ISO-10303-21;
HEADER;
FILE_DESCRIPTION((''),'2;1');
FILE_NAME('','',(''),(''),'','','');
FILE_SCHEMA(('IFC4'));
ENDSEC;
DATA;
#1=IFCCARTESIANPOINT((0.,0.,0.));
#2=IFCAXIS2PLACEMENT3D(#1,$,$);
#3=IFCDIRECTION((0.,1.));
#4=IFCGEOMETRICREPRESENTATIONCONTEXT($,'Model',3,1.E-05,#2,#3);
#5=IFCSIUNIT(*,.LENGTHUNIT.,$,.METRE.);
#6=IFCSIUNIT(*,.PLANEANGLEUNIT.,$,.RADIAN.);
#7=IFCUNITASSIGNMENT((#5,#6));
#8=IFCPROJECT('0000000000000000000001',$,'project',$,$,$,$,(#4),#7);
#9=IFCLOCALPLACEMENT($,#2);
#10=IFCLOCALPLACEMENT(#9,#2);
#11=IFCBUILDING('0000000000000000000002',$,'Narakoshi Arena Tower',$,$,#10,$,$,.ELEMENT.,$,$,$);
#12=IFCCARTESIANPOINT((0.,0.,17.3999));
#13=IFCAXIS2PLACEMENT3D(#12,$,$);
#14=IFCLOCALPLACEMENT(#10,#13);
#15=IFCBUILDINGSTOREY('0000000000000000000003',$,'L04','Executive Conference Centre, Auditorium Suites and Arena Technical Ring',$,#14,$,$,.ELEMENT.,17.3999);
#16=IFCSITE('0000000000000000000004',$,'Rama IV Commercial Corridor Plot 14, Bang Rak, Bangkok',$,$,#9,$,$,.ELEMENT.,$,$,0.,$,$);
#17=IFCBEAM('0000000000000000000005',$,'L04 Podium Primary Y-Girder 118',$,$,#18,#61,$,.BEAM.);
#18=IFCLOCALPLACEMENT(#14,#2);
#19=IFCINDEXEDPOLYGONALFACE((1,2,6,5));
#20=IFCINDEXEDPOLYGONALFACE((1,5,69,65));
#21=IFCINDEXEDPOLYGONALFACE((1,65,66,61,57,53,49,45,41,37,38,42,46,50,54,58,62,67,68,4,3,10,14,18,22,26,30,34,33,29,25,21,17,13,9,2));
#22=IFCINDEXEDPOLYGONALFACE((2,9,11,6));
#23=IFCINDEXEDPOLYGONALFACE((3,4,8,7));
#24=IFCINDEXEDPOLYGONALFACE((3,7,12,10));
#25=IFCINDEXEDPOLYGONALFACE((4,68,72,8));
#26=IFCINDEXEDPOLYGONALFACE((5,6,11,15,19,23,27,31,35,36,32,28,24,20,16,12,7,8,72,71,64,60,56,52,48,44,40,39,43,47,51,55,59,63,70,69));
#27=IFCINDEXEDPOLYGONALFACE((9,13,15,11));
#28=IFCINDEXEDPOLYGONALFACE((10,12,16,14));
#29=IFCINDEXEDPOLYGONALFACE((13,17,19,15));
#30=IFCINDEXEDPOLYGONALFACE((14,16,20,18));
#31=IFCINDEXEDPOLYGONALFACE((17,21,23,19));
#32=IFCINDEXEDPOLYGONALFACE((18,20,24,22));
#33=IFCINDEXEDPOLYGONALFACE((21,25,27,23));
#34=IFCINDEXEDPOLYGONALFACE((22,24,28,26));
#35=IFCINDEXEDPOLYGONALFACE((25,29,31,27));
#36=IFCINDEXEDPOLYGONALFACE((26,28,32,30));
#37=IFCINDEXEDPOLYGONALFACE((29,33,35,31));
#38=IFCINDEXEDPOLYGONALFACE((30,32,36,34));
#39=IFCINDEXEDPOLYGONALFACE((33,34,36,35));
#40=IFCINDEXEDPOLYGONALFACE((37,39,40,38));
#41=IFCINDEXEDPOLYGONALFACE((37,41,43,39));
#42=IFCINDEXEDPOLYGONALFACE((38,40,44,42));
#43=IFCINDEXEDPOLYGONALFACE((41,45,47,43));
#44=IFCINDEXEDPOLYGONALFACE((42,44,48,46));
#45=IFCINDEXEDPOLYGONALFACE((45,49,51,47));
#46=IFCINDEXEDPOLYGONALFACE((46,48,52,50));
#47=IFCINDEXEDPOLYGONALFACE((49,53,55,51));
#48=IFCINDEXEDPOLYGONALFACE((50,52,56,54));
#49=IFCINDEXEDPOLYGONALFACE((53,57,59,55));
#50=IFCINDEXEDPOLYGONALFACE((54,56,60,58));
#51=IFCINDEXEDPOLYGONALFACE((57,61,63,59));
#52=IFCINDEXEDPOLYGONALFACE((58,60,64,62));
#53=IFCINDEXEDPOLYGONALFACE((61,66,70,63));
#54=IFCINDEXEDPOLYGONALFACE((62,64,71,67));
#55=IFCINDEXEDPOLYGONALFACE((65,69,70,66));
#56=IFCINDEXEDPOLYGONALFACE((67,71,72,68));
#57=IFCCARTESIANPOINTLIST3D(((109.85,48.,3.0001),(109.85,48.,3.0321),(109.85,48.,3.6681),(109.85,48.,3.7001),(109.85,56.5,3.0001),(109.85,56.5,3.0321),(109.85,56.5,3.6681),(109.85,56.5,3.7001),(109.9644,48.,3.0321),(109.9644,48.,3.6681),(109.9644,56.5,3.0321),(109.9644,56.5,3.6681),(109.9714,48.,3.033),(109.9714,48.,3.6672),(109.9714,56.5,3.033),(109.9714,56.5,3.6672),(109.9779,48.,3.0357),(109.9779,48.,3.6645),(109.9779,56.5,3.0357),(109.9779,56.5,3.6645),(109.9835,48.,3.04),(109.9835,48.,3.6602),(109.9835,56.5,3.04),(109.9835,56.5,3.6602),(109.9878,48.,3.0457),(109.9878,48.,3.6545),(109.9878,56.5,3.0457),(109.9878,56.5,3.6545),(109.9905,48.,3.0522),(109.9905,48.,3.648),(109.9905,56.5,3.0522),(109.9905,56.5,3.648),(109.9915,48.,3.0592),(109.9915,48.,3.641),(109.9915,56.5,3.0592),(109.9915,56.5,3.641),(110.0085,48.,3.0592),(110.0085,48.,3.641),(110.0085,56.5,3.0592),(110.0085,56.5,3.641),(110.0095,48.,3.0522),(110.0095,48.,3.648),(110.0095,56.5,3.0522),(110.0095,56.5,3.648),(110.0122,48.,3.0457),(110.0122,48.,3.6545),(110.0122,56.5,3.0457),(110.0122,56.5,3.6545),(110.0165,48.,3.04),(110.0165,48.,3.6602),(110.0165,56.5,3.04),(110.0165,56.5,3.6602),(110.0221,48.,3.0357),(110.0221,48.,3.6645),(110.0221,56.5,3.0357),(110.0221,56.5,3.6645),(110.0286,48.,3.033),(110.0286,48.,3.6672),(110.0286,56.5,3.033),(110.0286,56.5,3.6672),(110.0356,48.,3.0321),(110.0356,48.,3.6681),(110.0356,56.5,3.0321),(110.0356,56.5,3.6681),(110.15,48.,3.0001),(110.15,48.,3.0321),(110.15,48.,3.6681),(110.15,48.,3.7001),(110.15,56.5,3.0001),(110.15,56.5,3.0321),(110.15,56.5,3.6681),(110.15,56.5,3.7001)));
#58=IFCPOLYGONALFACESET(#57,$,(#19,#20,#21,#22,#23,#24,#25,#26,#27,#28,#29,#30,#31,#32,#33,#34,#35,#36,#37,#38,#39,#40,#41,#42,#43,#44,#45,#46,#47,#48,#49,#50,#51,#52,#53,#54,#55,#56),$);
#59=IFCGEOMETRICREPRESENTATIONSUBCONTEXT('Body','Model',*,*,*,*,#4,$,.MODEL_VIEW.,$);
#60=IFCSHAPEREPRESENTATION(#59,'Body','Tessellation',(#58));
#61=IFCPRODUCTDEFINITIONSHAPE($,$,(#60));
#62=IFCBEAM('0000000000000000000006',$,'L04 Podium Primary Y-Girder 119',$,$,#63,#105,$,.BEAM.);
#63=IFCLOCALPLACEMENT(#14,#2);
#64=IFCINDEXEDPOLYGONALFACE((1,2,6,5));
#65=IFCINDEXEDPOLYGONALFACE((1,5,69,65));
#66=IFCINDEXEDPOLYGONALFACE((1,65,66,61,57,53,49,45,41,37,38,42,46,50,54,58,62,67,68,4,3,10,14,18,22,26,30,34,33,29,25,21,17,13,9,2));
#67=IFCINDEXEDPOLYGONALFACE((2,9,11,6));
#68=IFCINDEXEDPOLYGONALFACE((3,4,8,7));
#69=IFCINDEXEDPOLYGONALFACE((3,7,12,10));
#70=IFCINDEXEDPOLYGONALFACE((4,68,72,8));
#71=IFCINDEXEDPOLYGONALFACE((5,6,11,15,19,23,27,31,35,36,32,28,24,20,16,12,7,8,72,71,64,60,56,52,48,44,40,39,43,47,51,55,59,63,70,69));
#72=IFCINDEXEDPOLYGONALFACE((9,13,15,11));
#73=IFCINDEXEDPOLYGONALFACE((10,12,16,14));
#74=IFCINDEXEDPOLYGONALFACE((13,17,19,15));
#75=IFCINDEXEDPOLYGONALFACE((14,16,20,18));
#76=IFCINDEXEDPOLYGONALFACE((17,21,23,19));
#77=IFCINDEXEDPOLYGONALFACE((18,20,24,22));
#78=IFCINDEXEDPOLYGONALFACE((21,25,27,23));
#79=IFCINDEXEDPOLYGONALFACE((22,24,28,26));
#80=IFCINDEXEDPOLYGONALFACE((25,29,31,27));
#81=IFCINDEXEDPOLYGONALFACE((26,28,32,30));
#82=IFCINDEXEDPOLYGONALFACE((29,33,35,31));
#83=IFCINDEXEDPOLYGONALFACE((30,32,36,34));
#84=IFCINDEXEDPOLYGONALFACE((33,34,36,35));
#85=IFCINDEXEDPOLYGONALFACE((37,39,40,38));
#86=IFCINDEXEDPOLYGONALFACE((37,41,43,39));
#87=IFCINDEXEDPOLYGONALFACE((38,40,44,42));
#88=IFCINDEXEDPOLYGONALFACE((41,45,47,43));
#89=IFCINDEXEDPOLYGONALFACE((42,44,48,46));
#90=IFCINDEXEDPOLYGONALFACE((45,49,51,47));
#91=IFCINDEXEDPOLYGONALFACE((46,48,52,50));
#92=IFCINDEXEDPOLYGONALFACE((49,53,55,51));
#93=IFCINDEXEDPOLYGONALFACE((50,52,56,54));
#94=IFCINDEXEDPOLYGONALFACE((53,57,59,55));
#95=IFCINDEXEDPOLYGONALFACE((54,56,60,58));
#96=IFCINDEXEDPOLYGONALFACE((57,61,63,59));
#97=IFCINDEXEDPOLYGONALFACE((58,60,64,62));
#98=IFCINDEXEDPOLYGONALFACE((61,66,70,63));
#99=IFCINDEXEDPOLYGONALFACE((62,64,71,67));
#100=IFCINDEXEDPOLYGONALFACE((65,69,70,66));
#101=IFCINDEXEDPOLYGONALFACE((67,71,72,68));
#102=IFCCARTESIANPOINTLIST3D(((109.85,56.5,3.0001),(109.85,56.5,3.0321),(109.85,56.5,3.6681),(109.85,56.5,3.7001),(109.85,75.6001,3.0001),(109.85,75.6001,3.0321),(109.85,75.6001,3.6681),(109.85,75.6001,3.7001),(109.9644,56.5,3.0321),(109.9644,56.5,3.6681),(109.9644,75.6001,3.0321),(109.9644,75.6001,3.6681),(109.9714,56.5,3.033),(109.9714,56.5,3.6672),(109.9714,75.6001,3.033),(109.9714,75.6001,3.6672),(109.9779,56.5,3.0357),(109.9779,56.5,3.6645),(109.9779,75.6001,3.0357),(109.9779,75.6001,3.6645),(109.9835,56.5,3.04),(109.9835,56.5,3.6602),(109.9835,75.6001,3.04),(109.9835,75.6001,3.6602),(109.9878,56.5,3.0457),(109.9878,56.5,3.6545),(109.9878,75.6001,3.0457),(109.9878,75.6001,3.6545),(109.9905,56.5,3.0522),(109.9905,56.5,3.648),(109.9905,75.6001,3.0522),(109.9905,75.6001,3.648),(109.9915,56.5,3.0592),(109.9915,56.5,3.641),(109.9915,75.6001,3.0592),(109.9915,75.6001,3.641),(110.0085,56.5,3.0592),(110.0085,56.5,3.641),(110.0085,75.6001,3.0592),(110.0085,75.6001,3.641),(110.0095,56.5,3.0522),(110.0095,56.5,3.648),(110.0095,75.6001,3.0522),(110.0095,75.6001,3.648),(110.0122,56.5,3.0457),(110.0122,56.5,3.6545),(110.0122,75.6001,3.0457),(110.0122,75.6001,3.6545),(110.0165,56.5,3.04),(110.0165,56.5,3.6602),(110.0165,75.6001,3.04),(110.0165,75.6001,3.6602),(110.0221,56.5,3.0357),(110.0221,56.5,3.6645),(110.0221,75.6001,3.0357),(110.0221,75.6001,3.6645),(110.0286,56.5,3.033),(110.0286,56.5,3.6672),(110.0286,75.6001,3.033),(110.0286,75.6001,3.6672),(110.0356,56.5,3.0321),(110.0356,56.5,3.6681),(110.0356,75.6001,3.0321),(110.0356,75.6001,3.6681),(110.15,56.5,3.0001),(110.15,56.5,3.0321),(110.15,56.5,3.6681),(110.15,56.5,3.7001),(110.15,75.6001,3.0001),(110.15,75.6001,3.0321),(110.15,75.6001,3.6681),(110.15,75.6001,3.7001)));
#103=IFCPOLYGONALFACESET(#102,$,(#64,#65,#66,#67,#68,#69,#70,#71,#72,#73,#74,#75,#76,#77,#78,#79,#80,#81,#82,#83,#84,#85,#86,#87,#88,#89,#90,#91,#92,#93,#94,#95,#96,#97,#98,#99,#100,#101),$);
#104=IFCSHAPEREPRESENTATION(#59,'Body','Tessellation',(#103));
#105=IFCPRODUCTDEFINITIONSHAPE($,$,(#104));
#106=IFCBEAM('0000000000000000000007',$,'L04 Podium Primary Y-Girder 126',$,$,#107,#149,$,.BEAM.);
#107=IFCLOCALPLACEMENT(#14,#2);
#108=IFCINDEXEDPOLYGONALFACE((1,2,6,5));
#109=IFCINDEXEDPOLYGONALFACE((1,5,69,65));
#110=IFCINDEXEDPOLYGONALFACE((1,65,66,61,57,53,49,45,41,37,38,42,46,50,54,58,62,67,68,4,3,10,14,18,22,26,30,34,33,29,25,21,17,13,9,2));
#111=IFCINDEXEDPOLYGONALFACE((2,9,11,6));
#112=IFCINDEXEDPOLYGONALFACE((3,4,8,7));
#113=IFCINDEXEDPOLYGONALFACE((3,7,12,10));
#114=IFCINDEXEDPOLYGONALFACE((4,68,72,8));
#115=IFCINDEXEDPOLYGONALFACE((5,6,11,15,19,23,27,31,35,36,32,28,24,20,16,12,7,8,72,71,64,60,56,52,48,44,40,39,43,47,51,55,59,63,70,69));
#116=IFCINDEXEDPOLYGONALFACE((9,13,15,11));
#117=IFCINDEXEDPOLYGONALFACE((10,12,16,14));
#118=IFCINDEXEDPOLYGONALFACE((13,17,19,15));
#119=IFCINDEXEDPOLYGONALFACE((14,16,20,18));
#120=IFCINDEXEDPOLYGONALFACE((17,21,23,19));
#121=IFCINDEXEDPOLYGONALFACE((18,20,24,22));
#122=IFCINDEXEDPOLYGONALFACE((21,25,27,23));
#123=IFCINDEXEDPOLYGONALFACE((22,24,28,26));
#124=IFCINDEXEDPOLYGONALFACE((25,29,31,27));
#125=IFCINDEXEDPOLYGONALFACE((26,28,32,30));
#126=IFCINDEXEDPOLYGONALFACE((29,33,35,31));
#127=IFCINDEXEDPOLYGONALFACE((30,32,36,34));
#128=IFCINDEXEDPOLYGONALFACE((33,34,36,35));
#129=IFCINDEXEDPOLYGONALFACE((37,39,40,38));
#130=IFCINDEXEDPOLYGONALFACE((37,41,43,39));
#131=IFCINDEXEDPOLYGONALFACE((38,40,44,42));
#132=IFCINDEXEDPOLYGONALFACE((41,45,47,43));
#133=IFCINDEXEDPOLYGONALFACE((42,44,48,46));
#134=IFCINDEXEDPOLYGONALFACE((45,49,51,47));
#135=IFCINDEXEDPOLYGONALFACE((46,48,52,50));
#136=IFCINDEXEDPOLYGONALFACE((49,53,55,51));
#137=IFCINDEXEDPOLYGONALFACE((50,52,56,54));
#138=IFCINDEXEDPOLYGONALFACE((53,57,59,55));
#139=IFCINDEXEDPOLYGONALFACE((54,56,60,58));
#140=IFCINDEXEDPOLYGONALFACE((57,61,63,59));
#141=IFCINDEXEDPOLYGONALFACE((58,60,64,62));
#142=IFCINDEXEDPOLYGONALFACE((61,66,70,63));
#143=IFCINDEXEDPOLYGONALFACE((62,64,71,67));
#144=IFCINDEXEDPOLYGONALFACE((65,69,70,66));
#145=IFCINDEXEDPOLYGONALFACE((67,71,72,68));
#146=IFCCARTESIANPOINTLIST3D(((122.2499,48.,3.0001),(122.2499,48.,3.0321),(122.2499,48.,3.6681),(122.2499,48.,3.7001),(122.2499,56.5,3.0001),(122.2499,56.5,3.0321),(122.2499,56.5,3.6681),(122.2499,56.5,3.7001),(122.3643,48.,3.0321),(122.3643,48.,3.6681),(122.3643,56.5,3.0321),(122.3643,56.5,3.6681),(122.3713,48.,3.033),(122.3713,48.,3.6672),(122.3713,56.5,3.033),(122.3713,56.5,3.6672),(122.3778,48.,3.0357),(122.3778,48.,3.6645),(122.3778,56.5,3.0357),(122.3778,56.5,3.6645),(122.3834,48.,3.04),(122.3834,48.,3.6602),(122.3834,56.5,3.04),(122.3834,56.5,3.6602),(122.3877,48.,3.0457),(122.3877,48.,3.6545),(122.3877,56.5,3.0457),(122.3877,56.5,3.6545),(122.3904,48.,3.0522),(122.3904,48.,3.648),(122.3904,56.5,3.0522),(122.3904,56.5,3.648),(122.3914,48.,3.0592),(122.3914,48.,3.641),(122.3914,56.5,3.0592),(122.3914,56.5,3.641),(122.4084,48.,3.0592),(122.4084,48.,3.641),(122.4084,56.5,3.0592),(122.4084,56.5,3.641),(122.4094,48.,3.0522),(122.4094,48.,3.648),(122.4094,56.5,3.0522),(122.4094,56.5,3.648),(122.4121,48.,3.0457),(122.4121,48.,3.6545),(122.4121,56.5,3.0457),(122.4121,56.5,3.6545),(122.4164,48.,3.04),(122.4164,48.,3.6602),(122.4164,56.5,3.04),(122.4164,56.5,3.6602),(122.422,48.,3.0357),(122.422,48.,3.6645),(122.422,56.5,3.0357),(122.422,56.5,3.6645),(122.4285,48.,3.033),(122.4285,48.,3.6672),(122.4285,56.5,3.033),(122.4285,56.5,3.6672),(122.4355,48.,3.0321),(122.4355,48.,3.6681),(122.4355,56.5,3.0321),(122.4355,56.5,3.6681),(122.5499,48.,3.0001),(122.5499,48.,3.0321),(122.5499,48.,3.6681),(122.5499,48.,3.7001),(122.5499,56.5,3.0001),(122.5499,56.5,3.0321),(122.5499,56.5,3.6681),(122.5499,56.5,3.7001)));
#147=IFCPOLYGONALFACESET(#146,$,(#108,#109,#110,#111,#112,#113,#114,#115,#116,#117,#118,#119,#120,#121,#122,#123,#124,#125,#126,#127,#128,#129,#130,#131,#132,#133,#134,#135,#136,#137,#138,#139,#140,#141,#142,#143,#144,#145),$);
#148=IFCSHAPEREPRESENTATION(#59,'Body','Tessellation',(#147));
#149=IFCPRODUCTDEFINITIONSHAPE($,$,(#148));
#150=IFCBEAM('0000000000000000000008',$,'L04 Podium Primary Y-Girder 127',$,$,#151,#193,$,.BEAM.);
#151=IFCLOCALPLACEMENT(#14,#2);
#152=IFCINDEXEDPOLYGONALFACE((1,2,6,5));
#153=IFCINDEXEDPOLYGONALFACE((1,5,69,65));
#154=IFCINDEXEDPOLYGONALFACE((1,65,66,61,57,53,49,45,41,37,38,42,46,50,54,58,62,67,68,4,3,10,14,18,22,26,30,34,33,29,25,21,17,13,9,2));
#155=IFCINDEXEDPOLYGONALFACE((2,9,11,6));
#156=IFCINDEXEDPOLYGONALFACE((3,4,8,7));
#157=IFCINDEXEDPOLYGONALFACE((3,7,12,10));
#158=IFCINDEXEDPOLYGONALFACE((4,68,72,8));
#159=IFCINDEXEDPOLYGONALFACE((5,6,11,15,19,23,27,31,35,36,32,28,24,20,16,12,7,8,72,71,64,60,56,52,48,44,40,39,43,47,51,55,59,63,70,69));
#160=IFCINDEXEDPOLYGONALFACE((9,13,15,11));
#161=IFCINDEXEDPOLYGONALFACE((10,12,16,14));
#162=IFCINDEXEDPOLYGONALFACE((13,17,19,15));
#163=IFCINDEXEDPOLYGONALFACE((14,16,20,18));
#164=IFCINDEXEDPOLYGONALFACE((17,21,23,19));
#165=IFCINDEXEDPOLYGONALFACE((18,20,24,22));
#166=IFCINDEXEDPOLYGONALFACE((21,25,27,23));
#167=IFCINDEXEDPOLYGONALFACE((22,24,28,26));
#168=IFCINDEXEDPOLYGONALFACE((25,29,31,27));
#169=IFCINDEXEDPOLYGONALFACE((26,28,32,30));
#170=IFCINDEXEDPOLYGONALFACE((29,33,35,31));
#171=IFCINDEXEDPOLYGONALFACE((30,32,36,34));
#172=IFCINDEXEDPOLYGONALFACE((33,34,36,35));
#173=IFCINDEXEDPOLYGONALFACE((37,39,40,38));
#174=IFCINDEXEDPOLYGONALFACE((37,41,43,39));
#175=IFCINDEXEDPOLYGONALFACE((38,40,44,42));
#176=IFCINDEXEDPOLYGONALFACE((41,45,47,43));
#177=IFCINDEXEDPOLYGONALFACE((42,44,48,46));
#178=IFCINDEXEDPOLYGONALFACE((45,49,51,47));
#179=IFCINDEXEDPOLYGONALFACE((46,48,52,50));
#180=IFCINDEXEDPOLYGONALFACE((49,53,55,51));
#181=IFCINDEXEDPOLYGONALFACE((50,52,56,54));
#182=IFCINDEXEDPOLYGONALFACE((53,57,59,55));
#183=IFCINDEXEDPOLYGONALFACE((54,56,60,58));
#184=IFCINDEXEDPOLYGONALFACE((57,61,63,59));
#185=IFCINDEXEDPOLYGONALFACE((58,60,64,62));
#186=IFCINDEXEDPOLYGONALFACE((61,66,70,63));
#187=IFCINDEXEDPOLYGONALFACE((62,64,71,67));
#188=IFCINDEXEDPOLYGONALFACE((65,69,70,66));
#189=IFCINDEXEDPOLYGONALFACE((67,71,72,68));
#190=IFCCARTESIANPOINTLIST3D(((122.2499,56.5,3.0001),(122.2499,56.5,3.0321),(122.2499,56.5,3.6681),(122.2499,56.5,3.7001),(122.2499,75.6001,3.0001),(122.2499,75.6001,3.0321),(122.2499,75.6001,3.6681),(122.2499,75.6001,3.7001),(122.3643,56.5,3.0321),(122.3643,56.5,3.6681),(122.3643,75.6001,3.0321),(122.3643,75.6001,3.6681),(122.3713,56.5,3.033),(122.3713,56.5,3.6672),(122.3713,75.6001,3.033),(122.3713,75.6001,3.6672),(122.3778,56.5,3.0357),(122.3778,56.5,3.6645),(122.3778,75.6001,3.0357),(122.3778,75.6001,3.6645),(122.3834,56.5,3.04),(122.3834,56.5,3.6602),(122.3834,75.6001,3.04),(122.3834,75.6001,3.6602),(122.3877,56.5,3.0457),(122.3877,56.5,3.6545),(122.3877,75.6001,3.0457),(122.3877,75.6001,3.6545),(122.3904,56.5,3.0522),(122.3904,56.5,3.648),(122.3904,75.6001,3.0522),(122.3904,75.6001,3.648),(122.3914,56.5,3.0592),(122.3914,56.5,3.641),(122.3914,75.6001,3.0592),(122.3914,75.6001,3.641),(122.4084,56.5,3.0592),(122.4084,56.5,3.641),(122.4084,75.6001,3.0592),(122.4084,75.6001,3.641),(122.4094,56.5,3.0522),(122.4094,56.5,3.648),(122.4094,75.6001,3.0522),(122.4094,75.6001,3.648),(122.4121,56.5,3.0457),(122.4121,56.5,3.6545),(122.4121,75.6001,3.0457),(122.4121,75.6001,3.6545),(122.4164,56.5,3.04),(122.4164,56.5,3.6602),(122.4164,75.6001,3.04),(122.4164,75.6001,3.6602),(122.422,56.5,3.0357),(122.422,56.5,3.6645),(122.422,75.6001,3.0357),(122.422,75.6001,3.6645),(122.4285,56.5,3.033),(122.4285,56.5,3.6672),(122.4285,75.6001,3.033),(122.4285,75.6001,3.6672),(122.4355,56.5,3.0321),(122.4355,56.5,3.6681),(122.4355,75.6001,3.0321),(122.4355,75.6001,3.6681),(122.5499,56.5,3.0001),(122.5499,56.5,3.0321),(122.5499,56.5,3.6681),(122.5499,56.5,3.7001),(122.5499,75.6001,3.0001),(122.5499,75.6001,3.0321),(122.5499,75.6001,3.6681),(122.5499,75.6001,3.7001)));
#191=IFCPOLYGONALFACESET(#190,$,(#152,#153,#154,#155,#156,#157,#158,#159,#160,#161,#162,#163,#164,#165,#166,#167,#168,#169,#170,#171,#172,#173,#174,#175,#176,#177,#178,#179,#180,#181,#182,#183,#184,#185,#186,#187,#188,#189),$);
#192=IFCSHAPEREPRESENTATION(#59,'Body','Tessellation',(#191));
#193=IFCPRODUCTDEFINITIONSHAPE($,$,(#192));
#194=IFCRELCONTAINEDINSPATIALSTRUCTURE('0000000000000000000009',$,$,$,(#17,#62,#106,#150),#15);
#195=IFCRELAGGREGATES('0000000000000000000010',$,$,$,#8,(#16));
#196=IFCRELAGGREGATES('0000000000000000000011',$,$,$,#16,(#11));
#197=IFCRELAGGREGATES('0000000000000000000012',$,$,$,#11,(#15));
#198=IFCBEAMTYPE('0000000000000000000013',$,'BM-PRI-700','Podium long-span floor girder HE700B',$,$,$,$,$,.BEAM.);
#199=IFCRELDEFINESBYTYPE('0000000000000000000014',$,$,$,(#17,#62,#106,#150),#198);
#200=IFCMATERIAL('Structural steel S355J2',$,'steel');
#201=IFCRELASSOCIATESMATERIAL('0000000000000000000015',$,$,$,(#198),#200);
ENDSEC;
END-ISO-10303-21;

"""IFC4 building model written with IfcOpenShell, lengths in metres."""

from ifc_helpers import new_model, si_unit, direction, frame, origin, origin_2d, place, context, subcontext, project, spatial, i_section, extrude, material, material_profile, profile_set, type_object, element, save


model = new_model("IFC4")

# Units and contexts
model_context = context("Model", 3, precision=1e-05, world=origin(), true_north=direction((0.0, 1.0)))
body_context = subcontext(model_context, "Body", "Model", "MODEL_VIEW")
ifc_project = project(units=[si_unit("LENGTHUNIT", "METRE"), si_unit("PLANEANGLEUNIT", "RADIAN")], contexts=[model_context])

# Site, building, storey
site_placement = place(None, origin())
site = spatial("IfcSite", under=ifc_project, at=site_placement, Name="Rama IV Commercial Corridor Plot 14, Bang Rak, Bangkok", CompositionType="ELEMENT", RefElevation=0.0)
building_placement = place(site_placement, origin())
building = spatial("IfcBuilding", under=site, at=building_placement, Name="Narakoshi Arena Tower", CompositionType="ELEMENT")
storey_placement = place(building_placement, frame((0.0, 0.0, 17.3999)))
storey = spatial("IfcBuildingStorey", under=building, at=storey_placement, Name="L04", Description="Executive Conference Centre, Auditorium Suites and Arena Technical Ring", CompositionType="ELEMENT", Elevation=17.3999)

# Beams
ifc_material_1 = material(Name="Structural steel S355J2", Category="steel")
ifc_material_profile_1 = material_profile(ifc_material_1, i_section(OverallWidth=0.3, OverallDepth=0.7, WebThickness=0.0171, FlangeThickness=0.032, FilletRadius=0.0271, at=origin_2d()), Name="HE700B")
ifc_profile_set_1 = profile_set([ifc_material_profile_1], Name="Structural steel S355J2")
beam_type_1 = type_object("IfcBeamType", Name="BM-PRI-700", Description="Podium long-span floor girder HE700B", PredefinedType="BEAM", material=ifc_profile_set_1)
beam_1_placement = place(storey_placement, frame((110.0, 48.0, 3.3501), z_axis=(0.0, 1.0, 0.0), x_axis=(-1.0, 0.0, 0.0)))
element("IfcBeam", 1, at=beam_1_placement, inside=storey, type_object=beam_type_1, Name="L04 Podium Primary Y-Girder 118", PredefinedType="BEAM", context=body_context, shape_type="SweptSolid", body=[
    extrude(i_section(OverallWidth=0.3, OverallDepth=0.7, WebThickness=0.0171, FlangeThickness=0.032, FilletRadius=0.0271, at=origin_2d()), origin(), (0.0, 0.0, 1.0), 8.5),
])
beam_2_placement = place(storey_placement, frame((110.0, 56.5, 3.3501), z_axis=(0.0, 1.0, 0.0), x_axis=(-1.0, 0.0, 0.0)))
element("IfcBeam", 2, at=beam_2_placement, inside=storey, type_object=beam_type_1, Name="L04 Podium Primary Y-Girder 119", PredefinedType="BEAM", context=body_context, shape_type="SweptSolid", body=[
    extrude(i_section(OverallWidth=0.3, OverallDepth=0.7, WebThickness=0.0171, FlangeThickness=0.032, FilletRadius=0.0271, at=origin_2d()), origin(), (0.0, 0.0, 1.0), 19.1001),
])
beam_3_placement = place(storey_placement, frame((122.3999, 48.0, 3.3501), z_axis=(0.0, 1.0, 0.0), x_axis=(-1.0, 0.0, 0.0)))
element("IfcBeam", 3, at=beam_3_placement, inside=storey, type_object=beam_type_1, Name="L04 Podium Primary Y-Girder 126", PredefinedType="BEAM", context=body_context, shape_type="SweptSolid", body=[
    extrude(i_section(OverallWidth=0.3, OverallDepth=0.7, WebThickness=0.0171, FlangeThickness=0.032, FilletRadius=0.0271, at=origin_2d()), origin(), (0.0, 0.0, 1.0), 8.5),
])
beam_4_placement = place(storey_placement, frame((122.3999, 56.5, 3.3501), z_axis=(0.0, 1.0, 0.0), x_axis=(-1.0, 0.0, 0.0)))
element("IfcBeam", 4, at=beam_4_placement, inside=storey, type_object=beam_type_1, Name="L04 Podium Primary Y-Girder 127", PredefinedType="BEAM", context=body_context, shape_type="SweptSolid", body=[
    extrude(i_section(OverallWidth=0.3, OverallDepth=0.7, WebThickness=0.0171, FlangeThickness=0.032, FilletRadius=0.0271, at=origin_2d()), origin(), (0.0, 0.0, 1.0), 19.1001),
])

save(model, "model.ifc")
